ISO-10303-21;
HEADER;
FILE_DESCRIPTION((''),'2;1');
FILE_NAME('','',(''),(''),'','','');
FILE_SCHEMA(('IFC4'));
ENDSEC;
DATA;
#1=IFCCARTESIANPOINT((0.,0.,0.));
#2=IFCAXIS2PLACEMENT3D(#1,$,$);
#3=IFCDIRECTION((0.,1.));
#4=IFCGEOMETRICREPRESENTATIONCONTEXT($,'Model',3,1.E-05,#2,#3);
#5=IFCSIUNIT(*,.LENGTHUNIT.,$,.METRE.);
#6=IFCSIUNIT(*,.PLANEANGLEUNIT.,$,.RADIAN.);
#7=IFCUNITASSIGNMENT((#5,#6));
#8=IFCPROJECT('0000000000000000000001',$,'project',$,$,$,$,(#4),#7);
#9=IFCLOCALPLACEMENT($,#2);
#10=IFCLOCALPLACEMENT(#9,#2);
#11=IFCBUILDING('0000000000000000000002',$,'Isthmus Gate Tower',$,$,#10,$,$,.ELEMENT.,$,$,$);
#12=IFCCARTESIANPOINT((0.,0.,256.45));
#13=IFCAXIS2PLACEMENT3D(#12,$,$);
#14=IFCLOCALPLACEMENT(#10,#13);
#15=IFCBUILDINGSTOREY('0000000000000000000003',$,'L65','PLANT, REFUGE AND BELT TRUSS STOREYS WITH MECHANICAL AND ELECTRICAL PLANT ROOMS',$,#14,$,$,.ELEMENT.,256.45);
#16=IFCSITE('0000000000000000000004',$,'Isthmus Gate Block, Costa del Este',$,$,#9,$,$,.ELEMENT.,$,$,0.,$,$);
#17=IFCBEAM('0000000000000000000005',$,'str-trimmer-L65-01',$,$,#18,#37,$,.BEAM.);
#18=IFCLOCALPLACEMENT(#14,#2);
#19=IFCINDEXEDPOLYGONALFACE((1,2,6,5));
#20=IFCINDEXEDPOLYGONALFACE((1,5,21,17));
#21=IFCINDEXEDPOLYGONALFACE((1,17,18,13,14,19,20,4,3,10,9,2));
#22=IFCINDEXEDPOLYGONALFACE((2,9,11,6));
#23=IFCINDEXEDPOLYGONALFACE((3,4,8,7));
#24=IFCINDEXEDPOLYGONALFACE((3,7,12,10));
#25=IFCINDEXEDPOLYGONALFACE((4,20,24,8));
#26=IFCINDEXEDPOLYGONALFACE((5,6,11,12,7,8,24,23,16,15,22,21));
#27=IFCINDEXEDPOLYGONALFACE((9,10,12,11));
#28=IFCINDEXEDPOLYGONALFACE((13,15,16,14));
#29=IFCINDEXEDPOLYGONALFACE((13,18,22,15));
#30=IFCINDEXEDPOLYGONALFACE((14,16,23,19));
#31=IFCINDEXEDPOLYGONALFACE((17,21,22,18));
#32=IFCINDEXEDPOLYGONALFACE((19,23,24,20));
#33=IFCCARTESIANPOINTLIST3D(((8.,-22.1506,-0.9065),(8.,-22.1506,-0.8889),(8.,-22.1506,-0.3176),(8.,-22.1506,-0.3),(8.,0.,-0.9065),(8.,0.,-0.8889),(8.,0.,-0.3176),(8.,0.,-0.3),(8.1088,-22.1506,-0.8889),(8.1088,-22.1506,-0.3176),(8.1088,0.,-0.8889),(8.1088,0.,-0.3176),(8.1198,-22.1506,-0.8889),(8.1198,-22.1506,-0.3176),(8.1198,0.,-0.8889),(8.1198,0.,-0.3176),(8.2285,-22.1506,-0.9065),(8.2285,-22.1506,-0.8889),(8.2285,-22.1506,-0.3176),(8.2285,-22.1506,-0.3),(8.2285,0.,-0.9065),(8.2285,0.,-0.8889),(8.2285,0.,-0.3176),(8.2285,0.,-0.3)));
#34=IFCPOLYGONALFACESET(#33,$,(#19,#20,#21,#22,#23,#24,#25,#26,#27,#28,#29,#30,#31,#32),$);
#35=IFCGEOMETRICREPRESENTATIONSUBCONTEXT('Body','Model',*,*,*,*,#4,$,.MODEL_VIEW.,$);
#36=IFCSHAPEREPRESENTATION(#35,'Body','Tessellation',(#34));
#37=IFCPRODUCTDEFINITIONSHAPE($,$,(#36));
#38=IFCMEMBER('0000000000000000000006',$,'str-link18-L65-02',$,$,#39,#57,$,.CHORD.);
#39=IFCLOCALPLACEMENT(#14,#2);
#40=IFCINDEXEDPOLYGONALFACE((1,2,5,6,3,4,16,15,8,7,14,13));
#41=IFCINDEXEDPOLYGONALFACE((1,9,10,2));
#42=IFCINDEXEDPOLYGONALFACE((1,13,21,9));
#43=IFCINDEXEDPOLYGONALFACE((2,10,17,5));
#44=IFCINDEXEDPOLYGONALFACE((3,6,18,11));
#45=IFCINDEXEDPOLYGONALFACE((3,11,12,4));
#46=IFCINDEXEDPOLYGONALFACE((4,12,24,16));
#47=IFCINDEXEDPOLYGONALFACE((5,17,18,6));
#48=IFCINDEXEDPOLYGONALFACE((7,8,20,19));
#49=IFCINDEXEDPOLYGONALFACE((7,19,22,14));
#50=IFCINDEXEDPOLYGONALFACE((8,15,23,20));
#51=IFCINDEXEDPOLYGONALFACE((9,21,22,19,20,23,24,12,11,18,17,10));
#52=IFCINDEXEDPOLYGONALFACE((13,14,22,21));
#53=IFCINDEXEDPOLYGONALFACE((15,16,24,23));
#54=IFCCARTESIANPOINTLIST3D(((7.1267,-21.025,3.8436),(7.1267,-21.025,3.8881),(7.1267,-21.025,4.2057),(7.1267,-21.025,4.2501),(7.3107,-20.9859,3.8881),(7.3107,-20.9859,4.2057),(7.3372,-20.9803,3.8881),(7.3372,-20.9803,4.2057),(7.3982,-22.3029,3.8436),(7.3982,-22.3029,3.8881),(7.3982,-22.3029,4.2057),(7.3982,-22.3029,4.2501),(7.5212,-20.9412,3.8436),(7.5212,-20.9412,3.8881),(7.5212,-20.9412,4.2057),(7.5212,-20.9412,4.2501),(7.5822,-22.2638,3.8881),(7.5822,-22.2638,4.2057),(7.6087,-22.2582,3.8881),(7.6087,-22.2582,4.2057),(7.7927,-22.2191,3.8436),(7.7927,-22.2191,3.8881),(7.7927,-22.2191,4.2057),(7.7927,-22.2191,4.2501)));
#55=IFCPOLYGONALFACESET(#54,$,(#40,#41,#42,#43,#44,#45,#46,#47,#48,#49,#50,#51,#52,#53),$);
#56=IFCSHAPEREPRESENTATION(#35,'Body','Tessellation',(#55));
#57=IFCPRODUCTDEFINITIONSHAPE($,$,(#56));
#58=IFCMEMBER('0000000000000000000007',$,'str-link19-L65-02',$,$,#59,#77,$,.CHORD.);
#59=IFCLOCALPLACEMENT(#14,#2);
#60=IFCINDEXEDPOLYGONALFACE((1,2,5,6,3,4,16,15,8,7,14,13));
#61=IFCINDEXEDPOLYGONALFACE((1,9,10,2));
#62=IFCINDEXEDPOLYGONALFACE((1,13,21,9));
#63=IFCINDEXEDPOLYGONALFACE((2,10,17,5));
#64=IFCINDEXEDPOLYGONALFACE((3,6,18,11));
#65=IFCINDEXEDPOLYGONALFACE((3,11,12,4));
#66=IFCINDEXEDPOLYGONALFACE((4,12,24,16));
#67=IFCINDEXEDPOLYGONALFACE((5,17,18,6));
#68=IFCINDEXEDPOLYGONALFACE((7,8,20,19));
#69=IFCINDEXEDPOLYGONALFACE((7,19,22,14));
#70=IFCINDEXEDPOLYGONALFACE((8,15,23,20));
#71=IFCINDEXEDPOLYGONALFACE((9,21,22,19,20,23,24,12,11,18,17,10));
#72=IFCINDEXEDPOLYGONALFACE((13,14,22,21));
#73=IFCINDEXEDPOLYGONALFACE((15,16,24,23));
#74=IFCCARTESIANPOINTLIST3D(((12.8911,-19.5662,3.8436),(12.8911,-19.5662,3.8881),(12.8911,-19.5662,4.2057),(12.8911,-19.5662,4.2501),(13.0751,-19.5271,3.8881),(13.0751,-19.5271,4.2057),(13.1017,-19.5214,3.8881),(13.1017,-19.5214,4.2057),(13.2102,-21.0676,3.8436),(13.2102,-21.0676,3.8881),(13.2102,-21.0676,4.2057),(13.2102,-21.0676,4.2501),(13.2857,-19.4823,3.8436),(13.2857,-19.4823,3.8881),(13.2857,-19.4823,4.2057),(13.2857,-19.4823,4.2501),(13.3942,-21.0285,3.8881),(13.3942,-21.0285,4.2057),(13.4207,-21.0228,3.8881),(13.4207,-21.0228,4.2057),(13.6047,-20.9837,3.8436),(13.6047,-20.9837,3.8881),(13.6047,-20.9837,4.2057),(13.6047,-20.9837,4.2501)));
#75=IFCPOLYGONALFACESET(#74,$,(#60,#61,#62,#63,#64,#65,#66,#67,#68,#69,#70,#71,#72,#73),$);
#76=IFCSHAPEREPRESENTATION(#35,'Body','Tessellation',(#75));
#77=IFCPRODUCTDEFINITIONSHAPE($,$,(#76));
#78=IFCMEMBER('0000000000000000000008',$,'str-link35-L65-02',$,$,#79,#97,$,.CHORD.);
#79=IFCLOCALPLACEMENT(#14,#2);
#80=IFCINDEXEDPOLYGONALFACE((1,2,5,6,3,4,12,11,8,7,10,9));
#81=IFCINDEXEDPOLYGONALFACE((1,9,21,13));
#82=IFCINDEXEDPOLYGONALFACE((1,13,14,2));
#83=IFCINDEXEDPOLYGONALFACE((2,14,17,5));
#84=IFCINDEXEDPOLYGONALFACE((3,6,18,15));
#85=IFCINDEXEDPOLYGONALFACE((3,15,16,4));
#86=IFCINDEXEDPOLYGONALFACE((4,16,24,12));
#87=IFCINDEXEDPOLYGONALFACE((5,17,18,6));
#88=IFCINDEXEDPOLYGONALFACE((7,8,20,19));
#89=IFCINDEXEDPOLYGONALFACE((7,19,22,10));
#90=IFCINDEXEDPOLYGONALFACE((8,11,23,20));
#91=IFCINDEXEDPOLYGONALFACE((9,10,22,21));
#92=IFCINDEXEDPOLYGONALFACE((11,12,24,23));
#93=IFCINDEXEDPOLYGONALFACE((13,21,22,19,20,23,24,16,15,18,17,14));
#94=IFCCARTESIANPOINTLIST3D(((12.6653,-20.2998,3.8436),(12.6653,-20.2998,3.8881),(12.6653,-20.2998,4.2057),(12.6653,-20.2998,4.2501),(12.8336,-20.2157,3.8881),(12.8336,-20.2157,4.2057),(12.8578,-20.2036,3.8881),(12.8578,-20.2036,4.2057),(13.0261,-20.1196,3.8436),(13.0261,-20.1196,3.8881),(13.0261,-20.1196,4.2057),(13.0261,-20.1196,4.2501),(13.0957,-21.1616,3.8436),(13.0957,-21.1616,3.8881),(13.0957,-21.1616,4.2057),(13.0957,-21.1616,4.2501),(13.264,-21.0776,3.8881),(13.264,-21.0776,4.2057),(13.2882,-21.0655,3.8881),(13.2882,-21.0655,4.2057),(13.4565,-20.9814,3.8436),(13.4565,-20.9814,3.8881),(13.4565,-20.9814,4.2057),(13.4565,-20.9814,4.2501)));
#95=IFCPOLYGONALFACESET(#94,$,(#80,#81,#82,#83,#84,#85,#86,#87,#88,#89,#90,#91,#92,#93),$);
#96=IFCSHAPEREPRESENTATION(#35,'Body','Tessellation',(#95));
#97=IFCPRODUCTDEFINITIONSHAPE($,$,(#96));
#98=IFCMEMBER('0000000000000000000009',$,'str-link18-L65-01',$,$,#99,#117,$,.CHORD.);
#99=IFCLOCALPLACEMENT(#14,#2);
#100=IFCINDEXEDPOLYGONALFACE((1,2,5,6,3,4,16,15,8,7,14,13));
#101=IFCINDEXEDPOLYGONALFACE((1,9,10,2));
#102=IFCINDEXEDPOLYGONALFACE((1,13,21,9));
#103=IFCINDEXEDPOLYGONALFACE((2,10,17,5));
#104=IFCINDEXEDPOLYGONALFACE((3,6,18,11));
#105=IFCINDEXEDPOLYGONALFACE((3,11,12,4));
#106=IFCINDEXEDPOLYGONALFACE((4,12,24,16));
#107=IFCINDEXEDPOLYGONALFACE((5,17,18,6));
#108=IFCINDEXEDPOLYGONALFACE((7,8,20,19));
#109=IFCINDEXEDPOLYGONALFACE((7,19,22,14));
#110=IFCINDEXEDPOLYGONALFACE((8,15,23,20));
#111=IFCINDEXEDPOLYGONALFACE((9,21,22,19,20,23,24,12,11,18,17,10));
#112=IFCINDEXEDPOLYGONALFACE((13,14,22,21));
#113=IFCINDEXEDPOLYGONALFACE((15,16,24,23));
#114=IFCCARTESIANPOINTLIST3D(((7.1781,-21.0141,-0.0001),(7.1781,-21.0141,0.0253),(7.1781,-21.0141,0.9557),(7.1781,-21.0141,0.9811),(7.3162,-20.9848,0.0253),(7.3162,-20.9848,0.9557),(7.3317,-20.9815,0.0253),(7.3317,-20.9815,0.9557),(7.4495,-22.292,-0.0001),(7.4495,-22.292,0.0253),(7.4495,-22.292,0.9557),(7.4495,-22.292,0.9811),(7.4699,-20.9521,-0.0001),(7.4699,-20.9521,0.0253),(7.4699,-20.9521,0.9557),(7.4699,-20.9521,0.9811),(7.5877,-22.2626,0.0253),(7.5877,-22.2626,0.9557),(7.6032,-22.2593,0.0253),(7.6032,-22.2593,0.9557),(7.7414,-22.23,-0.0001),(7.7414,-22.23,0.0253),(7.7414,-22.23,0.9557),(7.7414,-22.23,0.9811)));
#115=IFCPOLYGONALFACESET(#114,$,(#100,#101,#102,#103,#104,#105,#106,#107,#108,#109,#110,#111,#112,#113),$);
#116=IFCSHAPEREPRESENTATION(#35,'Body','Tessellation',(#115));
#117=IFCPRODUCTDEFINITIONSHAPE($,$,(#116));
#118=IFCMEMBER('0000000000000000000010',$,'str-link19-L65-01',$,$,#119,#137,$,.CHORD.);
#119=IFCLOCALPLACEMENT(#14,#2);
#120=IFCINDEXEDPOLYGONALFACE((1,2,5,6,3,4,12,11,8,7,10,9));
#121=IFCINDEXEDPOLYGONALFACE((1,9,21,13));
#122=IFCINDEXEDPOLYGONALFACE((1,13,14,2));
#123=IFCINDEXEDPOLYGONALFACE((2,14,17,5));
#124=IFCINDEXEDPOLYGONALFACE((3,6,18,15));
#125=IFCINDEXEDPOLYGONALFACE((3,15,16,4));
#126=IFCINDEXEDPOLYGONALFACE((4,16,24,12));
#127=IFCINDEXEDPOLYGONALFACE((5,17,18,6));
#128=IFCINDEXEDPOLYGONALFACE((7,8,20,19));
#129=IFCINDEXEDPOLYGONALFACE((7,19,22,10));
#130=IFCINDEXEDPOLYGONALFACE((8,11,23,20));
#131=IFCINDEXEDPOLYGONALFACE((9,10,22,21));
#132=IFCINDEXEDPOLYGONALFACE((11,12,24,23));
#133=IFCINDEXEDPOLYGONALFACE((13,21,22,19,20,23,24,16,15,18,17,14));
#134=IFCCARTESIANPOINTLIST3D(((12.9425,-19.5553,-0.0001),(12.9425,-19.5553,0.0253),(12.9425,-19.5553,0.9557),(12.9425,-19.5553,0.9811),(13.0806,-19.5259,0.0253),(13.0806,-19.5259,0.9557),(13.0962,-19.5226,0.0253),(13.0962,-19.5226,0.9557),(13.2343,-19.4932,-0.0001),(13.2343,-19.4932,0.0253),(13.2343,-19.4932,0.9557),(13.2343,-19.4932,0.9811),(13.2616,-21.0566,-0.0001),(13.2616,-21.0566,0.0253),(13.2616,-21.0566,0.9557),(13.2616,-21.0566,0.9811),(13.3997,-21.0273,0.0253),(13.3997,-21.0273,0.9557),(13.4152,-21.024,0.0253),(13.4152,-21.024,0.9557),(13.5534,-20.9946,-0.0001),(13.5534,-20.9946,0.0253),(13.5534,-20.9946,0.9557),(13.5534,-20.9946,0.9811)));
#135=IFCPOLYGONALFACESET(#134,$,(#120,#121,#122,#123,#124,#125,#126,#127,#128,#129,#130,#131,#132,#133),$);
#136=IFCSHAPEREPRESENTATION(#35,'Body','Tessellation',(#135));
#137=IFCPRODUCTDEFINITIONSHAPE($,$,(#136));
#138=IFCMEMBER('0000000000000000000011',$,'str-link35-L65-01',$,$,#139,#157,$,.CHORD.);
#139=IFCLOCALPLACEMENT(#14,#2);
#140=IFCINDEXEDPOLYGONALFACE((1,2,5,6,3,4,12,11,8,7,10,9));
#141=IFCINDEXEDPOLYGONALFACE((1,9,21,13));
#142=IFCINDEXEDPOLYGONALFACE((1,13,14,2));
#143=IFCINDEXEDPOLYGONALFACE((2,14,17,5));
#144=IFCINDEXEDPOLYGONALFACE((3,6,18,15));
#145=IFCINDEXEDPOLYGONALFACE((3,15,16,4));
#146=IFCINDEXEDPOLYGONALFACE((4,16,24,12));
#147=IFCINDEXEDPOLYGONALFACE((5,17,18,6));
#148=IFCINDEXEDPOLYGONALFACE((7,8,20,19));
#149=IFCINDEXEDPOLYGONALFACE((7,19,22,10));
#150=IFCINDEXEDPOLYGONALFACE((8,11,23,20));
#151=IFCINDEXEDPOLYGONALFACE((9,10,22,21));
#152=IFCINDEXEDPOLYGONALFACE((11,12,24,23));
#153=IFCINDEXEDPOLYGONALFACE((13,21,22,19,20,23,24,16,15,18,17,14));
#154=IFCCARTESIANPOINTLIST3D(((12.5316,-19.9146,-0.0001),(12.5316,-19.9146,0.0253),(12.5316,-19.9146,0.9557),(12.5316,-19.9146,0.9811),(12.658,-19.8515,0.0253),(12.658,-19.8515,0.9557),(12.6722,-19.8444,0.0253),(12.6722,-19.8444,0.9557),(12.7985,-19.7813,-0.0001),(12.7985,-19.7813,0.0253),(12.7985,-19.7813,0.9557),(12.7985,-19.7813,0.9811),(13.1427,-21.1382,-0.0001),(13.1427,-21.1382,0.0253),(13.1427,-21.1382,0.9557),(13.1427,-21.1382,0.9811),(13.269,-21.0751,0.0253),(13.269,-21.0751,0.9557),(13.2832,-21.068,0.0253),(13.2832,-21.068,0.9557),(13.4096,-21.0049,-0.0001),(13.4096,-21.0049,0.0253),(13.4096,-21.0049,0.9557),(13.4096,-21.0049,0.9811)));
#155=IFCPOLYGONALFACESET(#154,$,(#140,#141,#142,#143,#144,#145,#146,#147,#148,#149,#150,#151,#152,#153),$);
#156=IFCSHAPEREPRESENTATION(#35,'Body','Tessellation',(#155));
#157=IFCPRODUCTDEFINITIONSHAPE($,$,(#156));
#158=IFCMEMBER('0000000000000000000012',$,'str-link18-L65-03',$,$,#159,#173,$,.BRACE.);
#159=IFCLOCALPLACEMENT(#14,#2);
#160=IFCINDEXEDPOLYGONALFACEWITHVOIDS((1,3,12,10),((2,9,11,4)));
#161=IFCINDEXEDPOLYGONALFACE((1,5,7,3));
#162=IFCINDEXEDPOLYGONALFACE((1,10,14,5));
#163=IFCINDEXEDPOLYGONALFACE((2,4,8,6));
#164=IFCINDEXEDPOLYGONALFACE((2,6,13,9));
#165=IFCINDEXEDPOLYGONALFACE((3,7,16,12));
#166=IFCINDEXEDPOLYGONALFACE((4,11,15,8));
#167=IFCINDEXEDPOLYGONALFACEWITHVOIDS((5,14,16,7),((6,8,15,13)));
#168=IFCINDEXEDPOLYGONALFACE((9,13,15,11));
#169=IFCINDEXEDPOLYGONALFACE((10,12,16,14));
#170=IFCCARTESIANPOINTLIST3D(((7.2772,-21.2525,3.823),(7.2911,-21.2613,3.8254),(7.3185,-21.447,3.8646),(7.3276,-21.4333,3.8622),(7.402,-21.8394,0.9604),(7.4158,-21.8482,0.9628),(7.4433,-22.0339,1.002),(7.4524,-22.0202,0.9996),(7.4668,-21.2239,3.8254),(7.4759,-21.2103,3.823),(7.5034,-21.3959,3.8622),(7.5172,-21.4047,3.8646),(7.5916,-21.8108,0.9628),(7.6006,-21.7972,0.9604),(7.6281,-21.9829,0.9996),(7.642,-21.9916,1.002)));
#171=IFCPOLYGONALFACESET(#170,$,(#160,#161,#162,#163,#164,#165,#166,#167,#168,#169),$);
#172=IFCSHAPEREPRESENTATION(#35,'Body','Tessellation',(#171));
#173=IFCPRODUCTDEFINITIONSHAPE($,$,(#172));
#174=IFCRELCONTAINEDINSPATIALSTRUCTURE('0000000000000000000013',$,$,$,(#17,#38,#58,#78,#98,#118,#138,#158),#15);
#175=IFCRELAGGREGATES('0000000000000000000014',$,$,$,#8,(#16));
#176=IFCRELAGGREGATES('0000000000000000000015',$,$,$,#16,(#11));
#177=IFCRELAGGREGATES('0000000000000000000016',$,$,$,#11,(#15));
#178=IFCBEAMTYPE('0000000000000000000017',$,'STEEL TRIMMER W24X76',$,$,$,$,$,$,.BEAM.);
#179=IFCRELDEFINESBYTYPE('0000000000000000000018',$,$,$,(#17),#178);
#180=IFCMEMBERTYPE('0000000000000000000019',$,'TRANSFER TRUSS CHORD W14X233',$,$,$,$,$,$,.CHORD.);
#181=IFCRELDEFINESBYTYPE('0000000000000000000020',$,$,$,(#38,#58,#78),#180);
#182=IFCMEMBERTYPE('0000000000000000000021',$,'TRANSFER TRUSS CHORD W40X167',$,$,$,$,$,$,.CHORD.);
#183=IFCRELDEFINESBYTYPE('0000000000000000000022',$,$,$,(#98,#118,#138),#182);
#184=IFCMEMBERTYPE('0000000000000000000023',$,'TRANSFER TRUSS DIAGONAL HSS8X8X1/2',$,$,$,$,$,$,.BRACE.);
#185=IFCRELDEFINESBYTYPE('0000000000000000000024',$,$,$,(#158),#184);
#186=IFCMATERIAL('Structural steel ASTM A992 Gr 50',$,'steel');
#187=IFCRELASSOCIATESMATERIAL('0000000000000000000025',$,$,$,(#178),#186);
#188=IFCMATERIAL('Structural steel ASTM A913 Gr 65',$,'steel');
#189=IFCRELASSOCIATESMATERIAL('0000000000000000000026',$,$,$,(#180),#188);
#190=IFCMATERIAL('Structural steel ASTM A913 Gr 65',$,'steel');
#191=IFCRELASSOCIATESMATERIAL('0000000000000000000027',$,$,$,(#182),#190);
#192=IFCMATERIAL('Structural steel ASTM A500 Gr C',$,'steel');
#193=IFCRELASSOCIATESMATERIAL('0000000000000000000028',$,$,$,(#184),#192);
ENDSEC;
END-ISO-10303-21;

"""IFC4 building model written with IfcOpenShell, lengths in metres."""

from ifc_helpers import new_model, si_unit, direction, frame, origin, origin_2d, place, context, subcontext, project, spatial, hollow_rectangle, i_section, extrude, material, material_profile, profile_set, type_object, element, save


model = new_model("IFC4")

# Units and contexts
model_context = context("Model", 3, precision=1e-05, world=origin(), true_north=direction((0.0, 1.0)))
body_context = subcontext(model_context, "Body", "Model", "MODEL_VIEW")
ifc_project = project(units=[si_unit("LENGTHUNIT", "METRE"), si_unit("PLANEANGLEUNIT", "RADIAN")], contexts=[model_context])

# Site, building, storey
site_placement = place(None, origin())
site = spatial("IfcSite", under=ifc_project, at=site_placement, Name="Isthmus Gate Block, Costa del Este", CompositionType="ELEMENT", RefElevation=0.0)
building_placement = place(site_placement, origin())
building = spatial("IfcBuilding", under=site, at=building_placement, Name="Isthmus Gate Tower", CompositionType="ELEMENT")
storey_placement = place(building_placement, frame((0.0, 0.0, 256.45)))
storey = spatial("IfcBuildingStorey", under=building, at=storey_placement, Name="L65", Description="PLANT, REFUGE AND BELT TRUSS STOREYS WITH MECHANICAL AND ELECTRICAL PLANT ROOMS", CompositionType="ELEMENT", Elevation=256.45)

# Beam
ifc_material_1 = material(Name="Structural steel ASTM A992 Gr 50", Category="steel")
ifc_material_profile_1 = material_profile(ifc_material_1, i_section(OverallWidth=0.2285, OverallDepth=0.6064, WebThickness=0.011, FlangeThickness=0.0176, at=origin_2d()), Name="W24X76")
ifc_profile_set_1 = profile_set([ifc_material_profile_1], Name="Structural steel ASTM A992 Gr 50")
beam_type_1 = type_object("IfcBeamType", Name="STEEL TRIMMER W24X76", PredefinedType="BEAM", material=ifc_profile_set_1)
beam_1_placement = place(storey_placement, frame((8.1143, -22.1506, -0.6033), z_axis=(0.0, 1.0, 0.0), x_axis=(-1.0, 0.0, 0.0)))
element("IfcBeam", 1, at=beam_1_placement, inside=storey, type_object=beam_type_1, Name="str-trimmer-L65-01", PredefinedType="BEAM", context=body_context, shape_type="SweptSolid", body=[
    extrude(i_section(OverallWidth=0.2285, OverallDepth=0.6064, WebThickness=0.011, FlangeThickness=0.0176, at=origin_2d()), origin(), (0.0, 0.0, 1.0), 22.1506),
])

# Members
ifc_material_2 = material(Name="Structural steel ASTM A913 Gr 65", Category="steel")
ifc_material_profile_2 = material_profile(ifc_material_2, i_section(OverallWidth=0.4033, OverallDepth=0.4065, WebThickness=0.0271, FlangeThickness=0.0444, at=origin_2d()), Name="W14X233")
ifc_profile_set_2 = profile_set([ifc_material_profile_2], Name="Structural steel ASTM A913 Gr 65")
member_type_1 = type_object("IfcMemberType", Name="TRANSFER TRUSS CHORD W14X233", PredefinedType="CHORD", material=ifc_profile_set_2)
member_1_placement = place(storey_placement, frame((7.5955, -22.261, 4.0469), z_axis=(-0.207819, 0.978167, 0.0), x_axis=(-0.978167, -0.207819, 0.0)))
element("IfcMember", 2, at=member_1_placement, inside=storey, type_object=member_type_1, Name="str-link18-L65-02", PredefinedType="CHORD", context=body_context, shape_type="SweptSolid", body=[
    extrude(i_section(OverallWidth=0.4033, OverallDepth=0.4065, WebThickness=0.0271, FlangeThickness=0.0444, at=origin_2d()), origin(), (0.0, 0.0, 1.0), 1.3064),
])
member_2_placement = place(storey_placement, frame((13.4075, -21.0256, 4.0469), z_axis=(-0.207878, 0.978155, 0.0), x_axis=(-0.978155, -0.207878, 0.0)))
element("IfcMember", 3, at=member_2_placement, inside=storey, type_object=member_type_1, Name="str-link19-L65-02", PredefinedType="CHORD", context=body_context, shape_type="SweptSolid", body=[
    extrude(i_section(OverallWidth=0.4033, OverallDepth=0.4065, WebThickness=0.0271, FlangeThickness=0.0444, at=origin_2d()), origin(), (0.0, 0.0, 1.0), 1.5349),
])
member_3_placement = place(storey_placement, frame((13.2761, -21.0715, 4.0469), z_axis=(-0.446808, 0.89463, 0.0), x_axis=(-0.89463, -0.446808, 0.0)))
element("IfcMember", 4, at=member_3_placement, inside=storey, type_object=member_type_1, Name="str-link35-L65-02", PredefinedType="CHORD", context=body_context, shape_type="SweptSolid", body=[
    extrude(i_section(OverallWidth=0.4033, OverallDepth=0.4065, WebThickness=0.0271, FlangeThickness=0.0444, at=origin_2d()), origin(), (0.0, 0.0, 1.0), 0.9634),
])
ifc_material_3 = material(Name="Structural steel ASTM A913 Gr 65", Category="steel")
ifc_material_profile_3 = material_profile(ifc_material_3, i_section(OverallWidth=0.2983, OverallDepth=0.9812, WebThickness=0.0159, FlangeThickness=0.0254, at=origin_2d()), Name="W40X167")
ifc_profile_set_3 = profile_set([ifc_material_profile_3], Name="Structural steel ASTM A913 Gr 65")
member_type_2 = type_object("IfcMemberType", Name="TRANSFER TRUSS CHORD W40X167", PredefinedType="CHORD", material=ifc_profile_set_3)
member_4_placement = place(storey_placement, frame((7.5955, -22.261, 0.4905), z_axis=(-0.207819, 0.978167, 0.0), x_axis=(-0.978167, -0.207819, 0.0)))
element("IfcMember", 5, at=member_4_placement, inside=storey, type_object=member_type_2, Name="str-link18-L65-01", PredefinedType="CHORD", context=body_context, shape_type="SweptSolid", body=[
    extrude(i_section(OverallWidth=0.2983, OverallDepth=0.9812, WebThickness=0.0159, FlangeThickness=0.0254, at=origin_2d()), origin(), (0.0, 0.0, 1.0), 1.3064),
])
member_5_placement = place(storey_placement, frame((13.4075, -21.0256, 0.4905), z_axis=(-0.207878, 0.978155, 0.0), x_axis=(-0.978155, -0.207878, 0.0)))
element("IfcMember", 6, at=member_5_placement, inside=storey, type_object=member_type_2, Name="str-link19-L65-01", PredefinedType="CHORD", context=body_context, shape_type="SweptSolid", body=[
    extrude(i_section(OverallWidth=0.2983, OverallDepth=0.9812, WebThickness=0.0159, FlangeThickness=0.0254, at=origin_2d()), origin(), (0.0, 0.0, 1.0), 1.5349),
])
member_6_placement = place(storey_placement, frame((13.2761, -21.0715, 0.4905), z_axis=(-0.446785, 0.894641, 0.0), x_axis=(-0.894641, -0.446785, 0.0)))
element("IfcMember", 7, at=member_6_placement, inside=storey, type_object=member_type_2, Name="str-link35-L65-01", PredefinedType="CHORD", context=body_context, shape_type="SweptSolid", body=[
    extrude(i_section(OverallWidth=0.2983, OverallDepth=0.9812, WebThickness=0.0159, FlangeThickness=0.0254, at=origin_2d()), origin(), (0.0, 0.0, 1.0), 1.3677),
])
ifc_material_4 = material(Name="Structural steel ASTM A500 Gr C", Category="steel")
ifc_material_profile_4 = material_profile(ifc_material_4, hollow_rectangle(XDim=0.2031, YDim=0.2031, WallThickness=0.0117, at=origin_2d()), Name="HSS8X8X1/2")
ifc_profile_set_4 = profile_set([ifc_material_profile_4], Name="Structural steel ASTM A500 Gr C")
member_type_3 = type_object("IfcMemberType", Name="TRANSFER TRUSS DIAGONAL HSS8X8X1/2", PredefinedType="BRACE", material=ifc_profile_set_4)
member_7_placement = place(storey_placement, frame((7.522, -21.9155, 0.9812), z_axis=(-0.042655, 0.200671, 0.97873), x_axis=(-0.978146, -0.207917, 0.0)))
element("IfcMember", 8, at=member_7_placement, inside=storey, type_object=member_type_3, Name="str-link18-L65-03", PredefinedType="BRACE", context=body_context, shape_type="SweptSolid", body=[
    extrude(hollow_rectangle(XDim=0.2031, YDim=0.2031, WallThickness=0.0117, at=origin_2d()), origin(), (0.0, 0.0, 1.0), 2.9248),
])

save(model, "model.ifc")
